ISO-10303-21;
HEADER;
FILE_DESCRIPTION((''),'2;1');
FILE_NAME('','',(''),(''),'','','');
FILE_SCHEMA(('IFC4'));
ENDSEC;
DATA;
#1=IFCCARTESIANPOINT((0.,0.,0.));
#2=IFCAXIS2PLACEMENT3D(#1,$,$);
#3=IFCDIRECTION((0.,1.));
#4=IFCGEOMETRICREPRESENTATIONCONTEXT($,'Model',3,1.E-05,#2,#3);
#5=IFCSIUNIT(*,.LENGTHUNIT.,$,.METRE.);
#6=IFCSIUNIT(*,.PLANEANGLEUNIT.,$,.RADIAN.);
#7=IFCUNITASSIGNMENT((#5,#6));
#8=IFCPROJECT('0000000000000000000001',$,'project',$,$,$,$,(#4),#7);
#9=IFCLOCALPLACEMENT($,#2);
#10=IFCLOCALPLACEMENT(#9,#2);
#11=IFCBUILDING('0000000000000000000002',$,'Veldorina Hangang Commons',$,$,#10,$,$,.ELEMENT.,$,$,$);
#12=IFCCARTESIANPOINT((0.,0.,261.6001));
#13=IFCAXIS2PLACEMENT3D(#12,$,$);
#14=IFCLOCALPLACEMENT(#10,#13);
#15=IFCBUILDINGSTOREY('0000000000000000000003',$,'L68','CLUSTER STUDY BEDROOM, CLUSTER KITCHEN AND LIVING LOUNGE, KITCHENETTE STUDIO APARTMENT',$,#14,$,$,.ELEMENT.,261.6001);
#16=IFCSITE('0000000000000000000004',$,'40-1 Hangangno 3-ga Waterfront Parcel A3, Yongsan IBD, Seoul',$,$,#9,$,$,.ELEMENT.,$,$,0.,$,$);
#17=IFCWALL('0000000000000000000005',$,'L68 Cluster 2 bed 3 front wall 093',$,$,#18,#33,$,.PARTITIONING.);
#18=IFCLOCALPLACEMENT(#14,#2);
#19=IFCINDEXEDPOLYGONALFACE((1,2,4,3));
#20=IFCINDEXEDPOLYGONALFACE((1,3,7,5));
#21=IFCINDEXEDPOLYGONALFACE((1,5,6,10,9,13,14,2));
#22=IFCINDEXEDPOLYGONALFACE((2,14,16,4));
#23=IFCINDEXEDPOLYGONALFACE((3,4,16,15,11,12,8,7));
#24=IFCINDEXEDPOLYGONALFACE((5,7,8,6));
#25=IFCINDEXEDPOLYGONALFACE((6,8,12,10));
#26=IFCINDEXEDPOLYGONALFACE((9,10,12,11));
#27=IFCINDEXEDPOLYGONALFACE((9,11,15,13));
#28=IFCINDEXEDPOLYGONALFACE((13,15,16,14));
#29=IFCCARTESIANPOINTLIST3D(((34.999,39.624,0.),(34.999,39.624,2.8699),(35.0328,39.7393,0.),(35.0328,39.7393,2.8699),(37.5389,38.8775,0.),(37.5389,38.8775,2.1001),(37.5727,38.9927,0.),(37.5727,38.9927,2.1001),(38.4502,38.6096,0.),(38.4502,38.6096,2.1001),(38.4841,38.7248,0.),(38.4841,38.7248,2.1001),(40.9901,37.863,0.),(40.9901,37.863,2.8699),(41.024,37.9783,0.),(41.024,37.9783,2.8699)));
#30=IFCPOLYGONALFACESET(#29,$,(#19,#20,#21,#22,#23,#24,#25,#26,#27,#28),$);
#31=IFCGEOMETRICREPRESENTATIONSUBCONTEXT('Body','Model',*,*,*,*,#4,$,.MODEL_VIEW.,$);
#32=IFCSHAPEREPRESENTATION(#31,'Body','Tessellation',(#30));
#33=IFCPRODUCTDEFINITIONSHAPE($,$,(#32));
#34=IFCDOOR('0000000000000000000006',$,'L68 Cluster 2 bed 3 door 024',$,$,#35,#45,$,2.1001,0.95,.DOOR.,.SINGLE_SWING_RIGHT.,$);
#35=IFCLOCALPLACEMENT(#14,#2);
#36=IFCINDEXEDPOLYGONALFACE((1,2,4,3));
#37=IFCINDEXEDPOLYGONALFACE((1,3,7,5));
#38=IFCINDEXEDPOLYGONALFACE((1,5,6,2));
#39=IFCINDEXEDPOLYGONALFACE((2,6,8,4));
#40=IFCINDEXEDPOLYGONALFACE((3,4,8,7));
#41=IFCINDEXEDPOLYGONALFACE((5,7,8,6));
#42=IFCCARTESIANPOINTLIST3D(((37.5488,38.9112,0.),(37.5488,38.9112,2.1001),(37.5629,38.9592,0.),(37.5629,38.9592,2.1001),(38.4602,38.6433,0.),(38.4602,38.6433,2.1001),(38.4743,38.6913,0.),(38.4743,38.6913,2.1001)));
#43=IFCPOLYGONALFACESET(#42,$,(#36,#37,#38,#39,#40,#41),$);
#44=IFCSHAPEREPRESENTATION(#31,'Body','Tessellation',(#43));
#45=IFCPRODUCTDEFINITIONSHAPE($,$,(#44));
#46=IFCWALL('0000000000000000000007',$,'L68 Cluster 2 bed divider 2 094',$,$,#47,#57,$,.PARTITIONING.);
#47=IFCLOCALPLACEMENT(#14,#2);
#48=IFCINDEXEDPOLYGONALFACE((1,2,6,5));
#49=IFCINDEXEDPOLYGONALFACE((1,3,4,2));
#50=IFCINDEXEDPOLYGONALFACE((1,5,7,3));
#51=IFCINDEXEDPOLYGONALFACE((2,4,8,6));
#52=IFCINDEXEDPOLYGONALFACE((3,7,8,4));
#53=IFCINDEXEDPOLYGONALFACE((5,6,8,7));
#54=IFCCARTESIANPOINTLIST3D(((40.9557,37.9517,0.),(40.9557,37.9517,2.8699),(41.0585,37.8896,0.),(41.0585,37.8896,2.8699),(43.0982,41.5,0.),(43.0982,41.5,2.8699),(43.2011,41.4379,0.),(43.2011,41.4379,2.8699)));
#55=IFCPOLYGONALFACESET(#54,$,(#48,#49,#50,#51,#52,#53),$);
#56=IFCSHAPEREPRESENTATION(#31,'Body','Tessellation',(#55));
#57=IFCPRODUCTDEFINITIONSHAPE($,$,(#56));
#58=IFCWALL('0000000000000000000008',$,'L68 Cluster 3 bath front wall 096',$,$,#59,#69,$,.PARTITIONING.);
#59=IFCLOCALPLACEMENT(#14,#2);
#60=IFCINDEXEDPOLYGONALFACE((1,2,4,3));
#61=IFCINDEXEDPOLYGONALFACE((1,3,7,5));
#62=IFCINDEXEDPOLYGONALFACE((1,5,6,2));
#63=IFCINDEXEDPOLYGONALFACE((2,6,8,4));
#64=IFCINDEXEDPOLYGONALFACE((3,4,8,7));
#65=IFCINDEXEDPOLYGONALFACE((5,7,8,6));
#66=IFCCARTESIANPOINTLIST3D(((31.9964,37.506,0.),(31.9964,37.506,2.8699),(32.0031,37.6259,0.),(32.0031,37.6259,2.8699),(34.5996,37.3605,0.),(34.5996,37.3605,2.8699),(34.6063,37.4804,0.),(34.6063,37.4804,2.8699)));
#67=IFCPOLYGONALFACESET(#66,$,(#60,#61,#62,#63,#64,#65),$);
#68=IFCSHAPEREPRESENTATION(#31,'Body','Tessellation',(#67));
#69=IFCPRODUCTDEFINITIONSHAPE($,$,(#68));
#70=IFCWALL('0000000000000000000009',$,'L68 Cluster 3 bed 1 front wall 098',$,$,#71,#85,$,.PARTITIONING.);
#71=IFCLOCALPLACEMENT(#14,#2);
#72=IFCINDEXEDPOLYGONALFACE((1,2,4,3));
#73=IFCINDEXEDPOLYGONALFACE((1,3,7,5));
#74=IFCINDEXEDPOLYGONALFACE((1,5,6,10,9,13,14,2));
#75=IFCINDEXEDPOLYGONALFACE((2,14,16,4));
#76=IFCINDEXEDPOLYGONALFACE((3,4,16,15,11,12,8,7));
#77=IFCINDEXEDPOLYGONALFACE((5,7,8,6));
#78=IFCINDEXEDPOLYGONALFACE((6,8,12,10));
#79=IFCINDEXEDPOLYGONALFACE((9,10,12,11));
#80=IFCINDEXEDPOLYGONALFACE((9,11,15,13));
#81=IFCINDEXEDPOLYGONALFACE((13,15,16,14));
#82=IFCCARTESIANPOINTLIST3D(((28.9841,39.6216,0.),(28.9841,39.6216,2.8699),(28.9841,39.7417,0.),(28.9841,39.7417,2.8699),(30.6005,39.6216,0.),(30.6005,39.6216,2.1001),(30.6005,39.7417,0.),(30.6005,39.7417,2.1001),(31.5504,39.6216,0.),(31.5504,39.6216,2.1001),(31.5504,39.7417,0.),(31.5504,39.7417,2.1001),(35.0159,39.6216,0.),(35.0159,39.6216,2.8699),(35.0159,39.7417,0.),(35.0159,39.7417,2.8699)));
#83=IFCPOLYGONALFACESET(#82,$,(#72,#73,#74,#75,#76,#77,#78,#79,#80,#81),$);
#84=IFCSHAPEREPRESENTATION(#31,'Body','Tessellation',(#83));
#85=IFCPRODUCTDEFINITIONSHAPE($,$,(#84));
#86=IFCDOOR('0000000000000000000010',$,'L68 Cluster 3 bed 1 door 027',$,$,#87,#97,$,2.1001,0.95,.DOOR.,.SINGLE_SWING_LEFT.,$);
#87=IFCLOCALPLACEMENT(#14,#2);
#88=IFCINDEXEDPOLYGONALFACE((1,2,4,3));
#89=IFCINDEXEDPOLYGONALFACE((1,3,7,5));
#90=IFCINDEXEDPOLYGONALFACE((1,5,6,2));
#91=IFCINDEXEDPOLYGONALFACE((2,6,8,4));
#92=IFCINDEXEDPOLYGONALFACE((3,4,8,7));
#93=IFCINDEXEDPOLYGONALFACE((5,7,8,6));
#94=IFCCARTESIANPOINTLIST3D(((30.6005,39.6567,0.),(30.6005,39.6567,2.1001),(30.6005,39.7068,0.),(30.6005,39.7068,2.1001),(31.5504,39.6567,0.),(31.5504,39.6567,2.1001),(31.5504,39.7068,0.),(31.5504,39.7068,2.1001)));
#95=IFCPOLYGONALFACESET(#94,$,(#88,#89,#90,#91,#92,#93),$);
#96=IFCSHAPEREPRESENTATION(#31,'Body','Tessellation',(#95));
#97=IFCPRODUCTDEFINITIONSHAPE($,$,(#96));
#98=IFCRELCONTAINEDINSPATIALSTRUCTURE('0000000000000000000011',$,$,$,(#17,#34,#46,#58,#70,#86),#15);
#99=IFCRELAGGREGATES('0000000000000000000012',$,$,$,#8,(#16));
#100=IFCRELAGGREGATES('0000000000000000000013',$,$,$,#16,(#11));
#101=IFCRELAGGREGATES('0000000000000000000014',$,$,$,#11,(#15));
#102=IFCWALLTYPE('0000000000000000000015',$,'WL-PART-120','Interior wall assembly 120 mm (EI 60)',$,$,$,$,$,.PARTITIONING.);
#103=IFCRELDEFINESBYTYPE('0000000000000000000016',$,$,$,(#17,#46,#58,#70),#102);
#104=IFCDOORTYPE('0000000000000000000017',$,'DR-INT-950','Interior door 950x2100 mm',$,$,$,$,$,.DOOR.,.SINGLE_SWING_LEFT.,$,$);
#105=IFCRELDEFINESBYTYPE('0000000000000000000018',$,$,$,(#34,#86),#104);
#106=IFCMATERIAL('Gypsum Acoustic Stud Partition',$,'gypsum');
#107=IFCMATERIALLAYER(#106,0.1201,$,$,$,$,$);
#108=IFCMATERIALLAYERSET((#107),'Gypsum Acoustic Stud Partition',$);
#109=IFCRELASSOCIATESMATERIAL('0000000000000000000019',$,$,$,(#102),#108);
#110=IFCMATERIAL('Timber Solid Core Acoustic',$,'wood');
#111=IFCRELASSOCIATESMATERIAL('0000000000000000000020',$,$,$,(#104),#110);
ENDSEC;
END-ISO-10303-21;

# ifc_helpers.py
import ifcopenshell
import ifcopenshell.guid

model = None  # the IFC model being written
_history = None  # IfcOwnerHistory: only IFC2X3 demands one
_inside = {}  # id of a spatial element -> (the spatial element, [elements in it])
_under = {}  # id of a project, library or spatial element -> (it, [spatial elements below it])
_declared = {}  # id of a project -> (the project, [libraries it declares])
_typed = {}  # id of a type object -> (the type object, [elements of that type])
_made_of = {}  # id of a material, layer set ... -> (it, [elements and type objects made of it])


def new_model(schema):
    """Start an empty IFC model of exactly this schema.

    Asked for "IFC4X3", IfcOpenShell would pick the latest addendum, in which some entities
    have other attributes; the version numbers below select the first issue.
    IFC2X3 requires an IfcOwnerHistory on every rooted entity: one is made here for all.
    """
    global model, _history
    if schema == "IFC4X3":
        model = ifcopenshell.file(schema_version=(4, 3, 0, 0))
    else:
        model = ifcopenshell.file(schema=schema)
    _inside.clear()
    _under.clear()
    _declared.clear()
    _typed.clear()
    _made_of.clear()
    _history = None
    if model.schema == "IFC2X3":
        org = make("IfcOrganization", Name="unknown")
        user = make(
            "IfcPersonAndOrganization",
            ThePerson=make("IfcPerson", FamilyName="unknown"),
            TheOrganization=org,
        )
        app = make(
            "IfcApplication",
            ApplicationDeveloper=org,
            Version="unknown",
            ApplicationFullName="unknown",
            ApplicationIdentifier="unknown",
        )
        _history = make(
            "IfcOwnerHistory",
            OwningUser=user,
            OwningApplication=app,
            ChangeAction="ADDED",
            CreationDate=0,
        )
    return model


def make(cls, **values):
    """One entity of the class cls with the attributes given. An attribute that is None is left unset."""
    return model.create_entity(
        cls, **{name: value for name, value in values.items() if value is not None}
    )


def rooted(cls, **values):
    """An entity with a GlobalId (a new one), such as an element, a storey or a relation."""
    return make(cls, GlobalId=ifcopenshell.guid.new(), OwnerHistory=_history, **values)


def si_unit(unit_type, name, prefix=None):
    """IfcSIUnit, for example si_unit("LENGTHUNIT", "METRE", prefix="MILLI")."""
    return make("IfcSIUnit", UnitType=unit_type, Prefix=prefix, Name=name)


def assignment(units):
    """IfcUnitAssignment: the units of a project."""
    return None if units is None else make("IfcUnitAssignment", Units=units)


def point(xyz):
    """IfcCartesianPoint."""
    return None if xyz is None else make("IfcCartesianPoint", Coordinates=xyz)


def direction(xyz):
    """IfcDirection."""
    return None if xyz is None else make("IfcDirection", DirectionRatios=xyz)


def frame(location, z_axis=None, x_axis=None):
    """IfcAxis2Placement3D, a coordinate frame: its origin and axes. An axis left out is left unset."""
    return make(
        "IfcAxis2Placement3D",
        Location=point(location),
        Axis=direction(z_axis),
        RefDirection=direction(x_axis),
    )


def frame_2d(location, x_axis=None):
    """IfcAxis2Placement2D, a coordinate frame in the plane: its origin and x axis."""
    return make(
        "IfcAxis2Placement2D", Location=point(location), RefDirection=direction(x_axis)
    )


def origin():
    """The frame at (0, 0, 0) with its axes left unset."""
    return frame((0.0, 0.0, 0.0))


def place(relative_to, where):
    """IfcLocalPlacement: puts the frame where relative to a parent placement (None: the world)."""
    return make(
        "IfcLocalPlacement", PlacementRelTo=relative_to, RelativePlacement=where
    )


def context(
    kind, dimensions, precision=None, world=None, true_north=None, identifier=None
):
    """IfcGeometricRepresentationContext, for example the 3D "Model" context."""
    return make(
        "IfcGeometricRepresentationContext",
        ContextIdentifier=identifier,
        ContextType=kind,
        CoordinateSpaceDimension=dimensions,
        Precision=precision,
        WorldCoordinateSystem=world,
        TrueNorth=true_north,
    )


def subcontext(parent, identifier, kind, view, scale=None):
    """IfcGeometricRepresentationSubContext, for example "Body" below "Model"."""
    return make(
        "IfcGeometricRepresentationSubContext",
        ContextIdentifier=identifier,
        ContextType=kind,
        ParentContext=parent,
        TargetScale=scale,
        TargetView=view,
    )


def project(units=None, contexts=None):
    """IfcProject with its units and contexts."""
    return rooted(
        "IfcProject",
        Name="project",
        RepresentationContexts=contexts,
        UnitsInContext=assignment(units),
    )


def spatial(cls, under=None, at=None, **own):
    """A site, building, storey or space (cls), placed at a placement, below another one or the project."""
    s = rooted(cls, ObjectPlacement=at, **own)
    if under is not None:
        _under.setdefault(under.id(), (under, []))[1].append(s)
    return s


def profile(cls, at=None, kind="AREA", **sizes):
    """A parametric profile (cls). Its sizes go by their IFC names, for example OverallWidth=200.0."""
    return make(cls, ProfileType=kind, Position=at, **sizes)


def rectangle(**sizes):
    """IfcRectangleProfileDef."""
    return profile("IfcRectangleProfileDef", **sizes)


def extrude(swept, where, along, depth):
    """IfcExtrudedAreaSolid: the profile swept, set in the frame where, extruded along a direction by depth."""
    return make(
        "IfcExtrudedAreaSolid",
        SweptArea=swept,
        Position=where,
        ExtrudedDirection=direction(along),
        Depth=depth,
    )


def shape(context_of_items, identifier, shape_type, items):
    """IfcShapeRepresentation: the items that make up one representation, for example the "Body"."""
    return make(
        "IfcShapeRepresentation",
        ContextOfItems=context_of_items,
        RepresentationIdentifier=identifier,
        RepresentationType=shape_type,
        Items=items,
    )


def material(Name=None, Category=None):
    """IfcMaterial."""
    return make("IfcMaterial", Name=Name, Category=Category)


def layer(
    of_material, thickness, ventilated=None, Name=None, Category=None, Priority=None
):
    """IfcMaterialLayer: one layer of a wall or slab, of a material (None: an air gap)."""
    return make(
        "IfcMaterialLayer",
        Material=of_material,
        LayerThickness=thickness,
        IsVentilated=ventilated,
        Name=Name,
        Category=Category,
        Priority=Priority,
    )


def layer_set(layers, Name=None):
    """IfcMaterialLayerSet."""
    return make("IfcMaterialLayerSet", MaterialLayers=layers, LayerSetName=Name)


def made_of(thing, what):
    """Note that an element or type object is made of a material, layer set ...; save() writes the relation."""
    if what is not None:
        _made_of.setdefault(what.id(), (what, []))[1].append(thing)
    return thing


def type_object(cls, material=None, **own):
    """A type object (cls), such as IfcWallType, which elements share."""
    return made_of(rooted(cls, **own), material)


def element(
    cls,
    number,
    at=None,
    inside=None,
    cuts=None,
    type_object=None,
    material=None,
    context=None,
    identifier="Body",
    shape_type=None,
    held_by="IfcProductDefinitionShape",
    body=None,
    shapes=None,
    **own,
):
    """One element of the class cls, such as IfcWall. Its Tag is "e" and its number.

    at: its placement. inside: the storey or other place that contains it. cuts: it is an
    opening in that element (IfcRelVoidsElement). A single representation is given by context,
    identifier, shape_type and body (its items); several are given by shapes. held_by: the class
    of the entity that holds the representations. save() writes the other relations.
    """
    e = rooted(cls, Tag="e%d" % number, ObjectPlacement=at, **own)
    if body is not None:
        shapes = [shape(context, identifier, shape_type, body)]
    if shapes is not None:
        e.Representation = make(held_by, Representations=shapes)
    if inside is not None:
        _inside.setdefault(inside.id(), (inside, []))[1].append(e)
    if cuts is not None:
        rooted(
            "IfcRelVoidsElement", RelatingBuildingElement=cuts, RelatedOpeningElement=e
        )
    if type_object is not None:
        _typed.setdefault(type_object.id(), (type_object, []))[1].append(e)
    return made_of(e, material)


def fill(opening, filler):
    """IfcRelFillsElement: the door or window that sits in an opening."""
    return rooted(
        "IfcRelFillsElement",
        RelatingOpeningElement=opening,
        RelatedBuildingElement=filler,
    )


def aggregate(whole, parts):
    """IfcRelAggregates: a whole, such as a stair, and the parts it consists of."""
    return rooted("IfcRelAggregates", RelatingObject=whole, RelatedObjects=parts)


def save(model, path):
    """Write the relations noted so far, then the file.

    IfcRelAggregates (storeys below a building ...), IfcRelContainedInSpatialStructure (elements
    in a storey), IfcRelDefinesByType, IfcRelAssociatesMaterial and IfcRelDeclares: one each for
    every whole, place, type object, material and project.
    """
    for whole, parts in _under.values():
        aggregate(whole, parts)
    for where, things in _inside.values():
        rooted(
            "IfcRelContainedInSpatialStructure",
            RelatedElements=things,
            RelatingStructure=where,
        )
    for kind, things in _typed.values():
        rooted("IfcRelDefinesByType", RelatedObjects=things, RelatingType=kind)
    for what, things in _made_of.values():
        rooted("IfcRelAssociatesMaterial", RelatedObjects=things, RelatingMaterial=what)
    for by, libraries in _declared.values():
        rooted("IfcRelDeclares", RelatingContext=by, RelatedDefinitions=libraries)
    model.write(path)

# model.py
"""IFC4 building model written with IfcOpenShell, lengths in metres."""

from ifc_helpers import new_model, si_unit, direction, frame, frame_2d, origin, place, context, subcontext, project, spatial, rectangle, extrude, material, layer, layer_set, type_object, element, fill, save


model = new_model("IFC4")

# Units and contexts
model_context = context("Model", 3, precision=1e-05, world=origin(), true_north=direction((0.0, 1.0)))
body_context = subcontext(model_context, "Body", "Model", "MODEL_VIEW")
ifc_project = project(units=[si_unit("LENGTHUNIT", "METRE"), si_unit("PLANEANGLEUNIT", "RADIAN")], contexts=[model_context])

# Site, building, storey
site_placement = place(None, origin())
site = spatial("IfcSite", under=ifc_project, at=site_placement, Name="40-1 Hangangno 3-ga Waterfront Parcel A3, Yongsan IBD, Seoul", CompositionType="ELEMENT", RefElevation=0.0)
building_placement = place(site_placement, origin())
building = spatial("IfcBuilding", under=site, at=building_placement, Name="Veldorina Hangang Commons", CompositionType="ELEMENT")
storey_placement = place(building_placement, frame((0.0, 0.0, 261.6001)))
storey = spatial("IfcBuildingStorey", under=building, at=storey_placement, Name="L68", Description="CLUSTER STUDY BEDROOM, CLUSTER KITCHEN AND LIVING LOUNGE, KITCHENETTE STUDIO APARTMENT", CompositionType="ELEMENT", Elevation=261.6001)

# Wall, opening, door
ifc_material_1 = material(Name="Gypsum Acoustic Stud Partition", Category="gypsum")
ifc_layer_1 = layer(ifc_material_1, 0.1201)
ifc_layer_set_1 = layer_set([ifc_layer_1], Name="Gypsum Acoustic Stud Partition")
wall_type_1 = type_object("IfcWallType", Name="WL-PART-120", Description="Interior wall assembly 120 mm (EI 60)", PredefinedType="PARTITIONING", material=ifc_layer_set_1)
wall_1_placement = place(storey_placement, frame((41.0071, 37.9207, 0.0), z_axis=(0.0, 0.0, 1.0), x_axis=(-0.959415, 0.281999, 0.0)))
wall_1 = element("IfcWall", 1, at=wall_1_placement, inside=storey, type_object=wall_type_1, Name="L68 Cluster 2 bed 3 front wall 093", PredefinedType="PARTITIONING", context=body_context, shape_type="SweptSolid", body=[
    extrude(rectangle(XDim=6.2446, YDim=0.1201, at=frame_2d((3.1223, 0.0))), origin(), (0.0, 0.0, 1.0), 2.8699),
])
opening_1_placement = place(wall_1_placement, frame((2.6472, 0.0, 0.0)))
opening_1 = element("IfcOpeningElement", 2, at=opening_1_placement, cuts=wall_1, PredefinedType="OPENING", context=body_context, shape_type="SweptSolid", body=[
    extrude(rectangle(XDim=0.95, YDim=2.1001, at=frame_2d((0.4751, 1.05))), frame((0.0, 0.0701, 0.0), z_axis=(0.0, -1.0, 0.0), x_axis=(1.0, 0.0, 0.0)), (0.0, 0.0, 1.0), 0.1401),
])
ifc_material_2 = material(Name="Timber Solid Core Acoustic", Category="wood")
door_type = type_object("IfcDoorType", Name="DR-INT-950", Description="Interior door 950x2100 mm", OperationType="SINGLE_SWING_LEFT", PredefinedType="DOOR", material=ifc_material_2)
door_1_placement = place(opening_1_placement, origin())
door_1 = element("IfcDoor", 3, at=door_1_placement, inside=storey, type_object=door_type, Name="L68 Cluster 2 bed 3 door 024", OperationType="SINGLE_SWING_RIGHT", OverallHeight=2.1001, OverallWidth=0.95, PredefinedType="DOOR", context=body_context, shape_type="SweptSolid", body=[
    extrude(rectangle(XDim=0.95, YDim=2.1001, at=frame_2d((0.4751, 1.05))), frame((0.0, 0.0249, 0.0), z_axis=(0.0, -1.0, 0.0), x_axis=(1.0, 0.0, 0.0)), (0.0, 0.0, 1.0), 0.05),
])
fill(opening_1, door_1)

# Walls
wall_2_placement = place(storey_placement, frame((41.0071, 37.9207, 0.0), z_axis=(0.0, 0.0, 1.0), x_axis=(0.516902, 0.856045, 0.0)))
element("IfcWall", 4, at=wall_2_placement, inside=storey, type_object=wall_type_1, Name="L68 Cluster 2 bed divider 2 094", PredefinedType="PARTITIONING", context=body_context, shape_type="SweptSolid", body=[
    extrude(rectangle(XDim=4.145, YDim=0.1201, at=frame_2d((2.0725, 0.0))), origin(), (0.0, 0.0, 1.0), 2.8699),
])
wall_3_placement = place(storey_placement, frame((34.603, 37.4204, 0.0), z_axis=(0.0, 0.0, 1.0), x_axis=(-0.998441, 0.055812, 0.0)))
element("IfcWall", 5, at=wall_3_placement, inside=storey, type_object=wall_type_1, Name="L68 Cluster 3 bath front wall 096", PredefinedType="PARTITIONING", context=body_context, shape_type="SweptSolid", body=[
    extrude(rectangle(XDim=2.6072, YDim=0.1201, at=frame_2d((1.3037, 0.0))), origin(), (0.0, 0.0, 1.0), 2.8699),
])

# Wall, opening, door
wall_4_placement = place(storey_placement, frame((35.0159, 39.6816, 0.0), z_axis=(0.0, 0.0, 1.0), x_axis=(-1.0, 0.0, 0.0)))
wall_4 = element("IfcWall", 6, at=wall_4_placement, inside=storey, type_object=wall_type_1, Name="L68 Cluster 3 bed 1 front wall 098", PredefinedType="PARTITIONING", context=body_context, shape_type="SweptSolid", body=[
    extrude(rectangle(XDim=6.0317, YDim=0.1201, at=frame_2d((3.0159, 0.0))), origin(), (0.0, 0.0, 1.0), 2.8699),
])
opening_2_placement = place(wall_4_placement, frame((3.4653, 0.0, 0.0)))
opening_2 = element("IfcOpeningElement", 7, at=opening_2_placement, cuts=wall_4, PredefinedType="OPENING", context=body_context, shape_type="SweptSolid", body=[
    extrude(rectangle(XDim=0.95, YDim=2.1001, at=frame_2d((0.4751, 1.05))), frame((0.0, 0.0701, 0.0), z_axis=(0.0, -1.0, 0.0), x_axis=(1.0, 0.0, 0.0)), (0.0, 0.0, 1.0), 0.1401),
])
door_2_placement = place(opening_2_placement, origin())
door_2 = element("IfcDoor", 8, at=door_2_placement, inside=storey, type_object=door_type, Name="L68 Cluster 3 bed 1 door 027", OperationType="SINGLE_SWING_LEFT", OverallHeight=2.1001, OverallWidth=0.95, PredefinedType="DOOR", context=body_context, shape_type="SweptSolid", body=[
    extrude(rectangle(XDim=0.95, YDim=2.1001, at=frame_2d((0.4751, 1.05))), frame((0.0, 0.0249, 0.0), z_axis=(0.0, -1.0, 0.0), x_axis=(1.0, 0.0, 0.0)), (0.0, 0.0, 1.0), 0.05),
])
fill(opening_2, door_2)

save(model, "model.ifc")
